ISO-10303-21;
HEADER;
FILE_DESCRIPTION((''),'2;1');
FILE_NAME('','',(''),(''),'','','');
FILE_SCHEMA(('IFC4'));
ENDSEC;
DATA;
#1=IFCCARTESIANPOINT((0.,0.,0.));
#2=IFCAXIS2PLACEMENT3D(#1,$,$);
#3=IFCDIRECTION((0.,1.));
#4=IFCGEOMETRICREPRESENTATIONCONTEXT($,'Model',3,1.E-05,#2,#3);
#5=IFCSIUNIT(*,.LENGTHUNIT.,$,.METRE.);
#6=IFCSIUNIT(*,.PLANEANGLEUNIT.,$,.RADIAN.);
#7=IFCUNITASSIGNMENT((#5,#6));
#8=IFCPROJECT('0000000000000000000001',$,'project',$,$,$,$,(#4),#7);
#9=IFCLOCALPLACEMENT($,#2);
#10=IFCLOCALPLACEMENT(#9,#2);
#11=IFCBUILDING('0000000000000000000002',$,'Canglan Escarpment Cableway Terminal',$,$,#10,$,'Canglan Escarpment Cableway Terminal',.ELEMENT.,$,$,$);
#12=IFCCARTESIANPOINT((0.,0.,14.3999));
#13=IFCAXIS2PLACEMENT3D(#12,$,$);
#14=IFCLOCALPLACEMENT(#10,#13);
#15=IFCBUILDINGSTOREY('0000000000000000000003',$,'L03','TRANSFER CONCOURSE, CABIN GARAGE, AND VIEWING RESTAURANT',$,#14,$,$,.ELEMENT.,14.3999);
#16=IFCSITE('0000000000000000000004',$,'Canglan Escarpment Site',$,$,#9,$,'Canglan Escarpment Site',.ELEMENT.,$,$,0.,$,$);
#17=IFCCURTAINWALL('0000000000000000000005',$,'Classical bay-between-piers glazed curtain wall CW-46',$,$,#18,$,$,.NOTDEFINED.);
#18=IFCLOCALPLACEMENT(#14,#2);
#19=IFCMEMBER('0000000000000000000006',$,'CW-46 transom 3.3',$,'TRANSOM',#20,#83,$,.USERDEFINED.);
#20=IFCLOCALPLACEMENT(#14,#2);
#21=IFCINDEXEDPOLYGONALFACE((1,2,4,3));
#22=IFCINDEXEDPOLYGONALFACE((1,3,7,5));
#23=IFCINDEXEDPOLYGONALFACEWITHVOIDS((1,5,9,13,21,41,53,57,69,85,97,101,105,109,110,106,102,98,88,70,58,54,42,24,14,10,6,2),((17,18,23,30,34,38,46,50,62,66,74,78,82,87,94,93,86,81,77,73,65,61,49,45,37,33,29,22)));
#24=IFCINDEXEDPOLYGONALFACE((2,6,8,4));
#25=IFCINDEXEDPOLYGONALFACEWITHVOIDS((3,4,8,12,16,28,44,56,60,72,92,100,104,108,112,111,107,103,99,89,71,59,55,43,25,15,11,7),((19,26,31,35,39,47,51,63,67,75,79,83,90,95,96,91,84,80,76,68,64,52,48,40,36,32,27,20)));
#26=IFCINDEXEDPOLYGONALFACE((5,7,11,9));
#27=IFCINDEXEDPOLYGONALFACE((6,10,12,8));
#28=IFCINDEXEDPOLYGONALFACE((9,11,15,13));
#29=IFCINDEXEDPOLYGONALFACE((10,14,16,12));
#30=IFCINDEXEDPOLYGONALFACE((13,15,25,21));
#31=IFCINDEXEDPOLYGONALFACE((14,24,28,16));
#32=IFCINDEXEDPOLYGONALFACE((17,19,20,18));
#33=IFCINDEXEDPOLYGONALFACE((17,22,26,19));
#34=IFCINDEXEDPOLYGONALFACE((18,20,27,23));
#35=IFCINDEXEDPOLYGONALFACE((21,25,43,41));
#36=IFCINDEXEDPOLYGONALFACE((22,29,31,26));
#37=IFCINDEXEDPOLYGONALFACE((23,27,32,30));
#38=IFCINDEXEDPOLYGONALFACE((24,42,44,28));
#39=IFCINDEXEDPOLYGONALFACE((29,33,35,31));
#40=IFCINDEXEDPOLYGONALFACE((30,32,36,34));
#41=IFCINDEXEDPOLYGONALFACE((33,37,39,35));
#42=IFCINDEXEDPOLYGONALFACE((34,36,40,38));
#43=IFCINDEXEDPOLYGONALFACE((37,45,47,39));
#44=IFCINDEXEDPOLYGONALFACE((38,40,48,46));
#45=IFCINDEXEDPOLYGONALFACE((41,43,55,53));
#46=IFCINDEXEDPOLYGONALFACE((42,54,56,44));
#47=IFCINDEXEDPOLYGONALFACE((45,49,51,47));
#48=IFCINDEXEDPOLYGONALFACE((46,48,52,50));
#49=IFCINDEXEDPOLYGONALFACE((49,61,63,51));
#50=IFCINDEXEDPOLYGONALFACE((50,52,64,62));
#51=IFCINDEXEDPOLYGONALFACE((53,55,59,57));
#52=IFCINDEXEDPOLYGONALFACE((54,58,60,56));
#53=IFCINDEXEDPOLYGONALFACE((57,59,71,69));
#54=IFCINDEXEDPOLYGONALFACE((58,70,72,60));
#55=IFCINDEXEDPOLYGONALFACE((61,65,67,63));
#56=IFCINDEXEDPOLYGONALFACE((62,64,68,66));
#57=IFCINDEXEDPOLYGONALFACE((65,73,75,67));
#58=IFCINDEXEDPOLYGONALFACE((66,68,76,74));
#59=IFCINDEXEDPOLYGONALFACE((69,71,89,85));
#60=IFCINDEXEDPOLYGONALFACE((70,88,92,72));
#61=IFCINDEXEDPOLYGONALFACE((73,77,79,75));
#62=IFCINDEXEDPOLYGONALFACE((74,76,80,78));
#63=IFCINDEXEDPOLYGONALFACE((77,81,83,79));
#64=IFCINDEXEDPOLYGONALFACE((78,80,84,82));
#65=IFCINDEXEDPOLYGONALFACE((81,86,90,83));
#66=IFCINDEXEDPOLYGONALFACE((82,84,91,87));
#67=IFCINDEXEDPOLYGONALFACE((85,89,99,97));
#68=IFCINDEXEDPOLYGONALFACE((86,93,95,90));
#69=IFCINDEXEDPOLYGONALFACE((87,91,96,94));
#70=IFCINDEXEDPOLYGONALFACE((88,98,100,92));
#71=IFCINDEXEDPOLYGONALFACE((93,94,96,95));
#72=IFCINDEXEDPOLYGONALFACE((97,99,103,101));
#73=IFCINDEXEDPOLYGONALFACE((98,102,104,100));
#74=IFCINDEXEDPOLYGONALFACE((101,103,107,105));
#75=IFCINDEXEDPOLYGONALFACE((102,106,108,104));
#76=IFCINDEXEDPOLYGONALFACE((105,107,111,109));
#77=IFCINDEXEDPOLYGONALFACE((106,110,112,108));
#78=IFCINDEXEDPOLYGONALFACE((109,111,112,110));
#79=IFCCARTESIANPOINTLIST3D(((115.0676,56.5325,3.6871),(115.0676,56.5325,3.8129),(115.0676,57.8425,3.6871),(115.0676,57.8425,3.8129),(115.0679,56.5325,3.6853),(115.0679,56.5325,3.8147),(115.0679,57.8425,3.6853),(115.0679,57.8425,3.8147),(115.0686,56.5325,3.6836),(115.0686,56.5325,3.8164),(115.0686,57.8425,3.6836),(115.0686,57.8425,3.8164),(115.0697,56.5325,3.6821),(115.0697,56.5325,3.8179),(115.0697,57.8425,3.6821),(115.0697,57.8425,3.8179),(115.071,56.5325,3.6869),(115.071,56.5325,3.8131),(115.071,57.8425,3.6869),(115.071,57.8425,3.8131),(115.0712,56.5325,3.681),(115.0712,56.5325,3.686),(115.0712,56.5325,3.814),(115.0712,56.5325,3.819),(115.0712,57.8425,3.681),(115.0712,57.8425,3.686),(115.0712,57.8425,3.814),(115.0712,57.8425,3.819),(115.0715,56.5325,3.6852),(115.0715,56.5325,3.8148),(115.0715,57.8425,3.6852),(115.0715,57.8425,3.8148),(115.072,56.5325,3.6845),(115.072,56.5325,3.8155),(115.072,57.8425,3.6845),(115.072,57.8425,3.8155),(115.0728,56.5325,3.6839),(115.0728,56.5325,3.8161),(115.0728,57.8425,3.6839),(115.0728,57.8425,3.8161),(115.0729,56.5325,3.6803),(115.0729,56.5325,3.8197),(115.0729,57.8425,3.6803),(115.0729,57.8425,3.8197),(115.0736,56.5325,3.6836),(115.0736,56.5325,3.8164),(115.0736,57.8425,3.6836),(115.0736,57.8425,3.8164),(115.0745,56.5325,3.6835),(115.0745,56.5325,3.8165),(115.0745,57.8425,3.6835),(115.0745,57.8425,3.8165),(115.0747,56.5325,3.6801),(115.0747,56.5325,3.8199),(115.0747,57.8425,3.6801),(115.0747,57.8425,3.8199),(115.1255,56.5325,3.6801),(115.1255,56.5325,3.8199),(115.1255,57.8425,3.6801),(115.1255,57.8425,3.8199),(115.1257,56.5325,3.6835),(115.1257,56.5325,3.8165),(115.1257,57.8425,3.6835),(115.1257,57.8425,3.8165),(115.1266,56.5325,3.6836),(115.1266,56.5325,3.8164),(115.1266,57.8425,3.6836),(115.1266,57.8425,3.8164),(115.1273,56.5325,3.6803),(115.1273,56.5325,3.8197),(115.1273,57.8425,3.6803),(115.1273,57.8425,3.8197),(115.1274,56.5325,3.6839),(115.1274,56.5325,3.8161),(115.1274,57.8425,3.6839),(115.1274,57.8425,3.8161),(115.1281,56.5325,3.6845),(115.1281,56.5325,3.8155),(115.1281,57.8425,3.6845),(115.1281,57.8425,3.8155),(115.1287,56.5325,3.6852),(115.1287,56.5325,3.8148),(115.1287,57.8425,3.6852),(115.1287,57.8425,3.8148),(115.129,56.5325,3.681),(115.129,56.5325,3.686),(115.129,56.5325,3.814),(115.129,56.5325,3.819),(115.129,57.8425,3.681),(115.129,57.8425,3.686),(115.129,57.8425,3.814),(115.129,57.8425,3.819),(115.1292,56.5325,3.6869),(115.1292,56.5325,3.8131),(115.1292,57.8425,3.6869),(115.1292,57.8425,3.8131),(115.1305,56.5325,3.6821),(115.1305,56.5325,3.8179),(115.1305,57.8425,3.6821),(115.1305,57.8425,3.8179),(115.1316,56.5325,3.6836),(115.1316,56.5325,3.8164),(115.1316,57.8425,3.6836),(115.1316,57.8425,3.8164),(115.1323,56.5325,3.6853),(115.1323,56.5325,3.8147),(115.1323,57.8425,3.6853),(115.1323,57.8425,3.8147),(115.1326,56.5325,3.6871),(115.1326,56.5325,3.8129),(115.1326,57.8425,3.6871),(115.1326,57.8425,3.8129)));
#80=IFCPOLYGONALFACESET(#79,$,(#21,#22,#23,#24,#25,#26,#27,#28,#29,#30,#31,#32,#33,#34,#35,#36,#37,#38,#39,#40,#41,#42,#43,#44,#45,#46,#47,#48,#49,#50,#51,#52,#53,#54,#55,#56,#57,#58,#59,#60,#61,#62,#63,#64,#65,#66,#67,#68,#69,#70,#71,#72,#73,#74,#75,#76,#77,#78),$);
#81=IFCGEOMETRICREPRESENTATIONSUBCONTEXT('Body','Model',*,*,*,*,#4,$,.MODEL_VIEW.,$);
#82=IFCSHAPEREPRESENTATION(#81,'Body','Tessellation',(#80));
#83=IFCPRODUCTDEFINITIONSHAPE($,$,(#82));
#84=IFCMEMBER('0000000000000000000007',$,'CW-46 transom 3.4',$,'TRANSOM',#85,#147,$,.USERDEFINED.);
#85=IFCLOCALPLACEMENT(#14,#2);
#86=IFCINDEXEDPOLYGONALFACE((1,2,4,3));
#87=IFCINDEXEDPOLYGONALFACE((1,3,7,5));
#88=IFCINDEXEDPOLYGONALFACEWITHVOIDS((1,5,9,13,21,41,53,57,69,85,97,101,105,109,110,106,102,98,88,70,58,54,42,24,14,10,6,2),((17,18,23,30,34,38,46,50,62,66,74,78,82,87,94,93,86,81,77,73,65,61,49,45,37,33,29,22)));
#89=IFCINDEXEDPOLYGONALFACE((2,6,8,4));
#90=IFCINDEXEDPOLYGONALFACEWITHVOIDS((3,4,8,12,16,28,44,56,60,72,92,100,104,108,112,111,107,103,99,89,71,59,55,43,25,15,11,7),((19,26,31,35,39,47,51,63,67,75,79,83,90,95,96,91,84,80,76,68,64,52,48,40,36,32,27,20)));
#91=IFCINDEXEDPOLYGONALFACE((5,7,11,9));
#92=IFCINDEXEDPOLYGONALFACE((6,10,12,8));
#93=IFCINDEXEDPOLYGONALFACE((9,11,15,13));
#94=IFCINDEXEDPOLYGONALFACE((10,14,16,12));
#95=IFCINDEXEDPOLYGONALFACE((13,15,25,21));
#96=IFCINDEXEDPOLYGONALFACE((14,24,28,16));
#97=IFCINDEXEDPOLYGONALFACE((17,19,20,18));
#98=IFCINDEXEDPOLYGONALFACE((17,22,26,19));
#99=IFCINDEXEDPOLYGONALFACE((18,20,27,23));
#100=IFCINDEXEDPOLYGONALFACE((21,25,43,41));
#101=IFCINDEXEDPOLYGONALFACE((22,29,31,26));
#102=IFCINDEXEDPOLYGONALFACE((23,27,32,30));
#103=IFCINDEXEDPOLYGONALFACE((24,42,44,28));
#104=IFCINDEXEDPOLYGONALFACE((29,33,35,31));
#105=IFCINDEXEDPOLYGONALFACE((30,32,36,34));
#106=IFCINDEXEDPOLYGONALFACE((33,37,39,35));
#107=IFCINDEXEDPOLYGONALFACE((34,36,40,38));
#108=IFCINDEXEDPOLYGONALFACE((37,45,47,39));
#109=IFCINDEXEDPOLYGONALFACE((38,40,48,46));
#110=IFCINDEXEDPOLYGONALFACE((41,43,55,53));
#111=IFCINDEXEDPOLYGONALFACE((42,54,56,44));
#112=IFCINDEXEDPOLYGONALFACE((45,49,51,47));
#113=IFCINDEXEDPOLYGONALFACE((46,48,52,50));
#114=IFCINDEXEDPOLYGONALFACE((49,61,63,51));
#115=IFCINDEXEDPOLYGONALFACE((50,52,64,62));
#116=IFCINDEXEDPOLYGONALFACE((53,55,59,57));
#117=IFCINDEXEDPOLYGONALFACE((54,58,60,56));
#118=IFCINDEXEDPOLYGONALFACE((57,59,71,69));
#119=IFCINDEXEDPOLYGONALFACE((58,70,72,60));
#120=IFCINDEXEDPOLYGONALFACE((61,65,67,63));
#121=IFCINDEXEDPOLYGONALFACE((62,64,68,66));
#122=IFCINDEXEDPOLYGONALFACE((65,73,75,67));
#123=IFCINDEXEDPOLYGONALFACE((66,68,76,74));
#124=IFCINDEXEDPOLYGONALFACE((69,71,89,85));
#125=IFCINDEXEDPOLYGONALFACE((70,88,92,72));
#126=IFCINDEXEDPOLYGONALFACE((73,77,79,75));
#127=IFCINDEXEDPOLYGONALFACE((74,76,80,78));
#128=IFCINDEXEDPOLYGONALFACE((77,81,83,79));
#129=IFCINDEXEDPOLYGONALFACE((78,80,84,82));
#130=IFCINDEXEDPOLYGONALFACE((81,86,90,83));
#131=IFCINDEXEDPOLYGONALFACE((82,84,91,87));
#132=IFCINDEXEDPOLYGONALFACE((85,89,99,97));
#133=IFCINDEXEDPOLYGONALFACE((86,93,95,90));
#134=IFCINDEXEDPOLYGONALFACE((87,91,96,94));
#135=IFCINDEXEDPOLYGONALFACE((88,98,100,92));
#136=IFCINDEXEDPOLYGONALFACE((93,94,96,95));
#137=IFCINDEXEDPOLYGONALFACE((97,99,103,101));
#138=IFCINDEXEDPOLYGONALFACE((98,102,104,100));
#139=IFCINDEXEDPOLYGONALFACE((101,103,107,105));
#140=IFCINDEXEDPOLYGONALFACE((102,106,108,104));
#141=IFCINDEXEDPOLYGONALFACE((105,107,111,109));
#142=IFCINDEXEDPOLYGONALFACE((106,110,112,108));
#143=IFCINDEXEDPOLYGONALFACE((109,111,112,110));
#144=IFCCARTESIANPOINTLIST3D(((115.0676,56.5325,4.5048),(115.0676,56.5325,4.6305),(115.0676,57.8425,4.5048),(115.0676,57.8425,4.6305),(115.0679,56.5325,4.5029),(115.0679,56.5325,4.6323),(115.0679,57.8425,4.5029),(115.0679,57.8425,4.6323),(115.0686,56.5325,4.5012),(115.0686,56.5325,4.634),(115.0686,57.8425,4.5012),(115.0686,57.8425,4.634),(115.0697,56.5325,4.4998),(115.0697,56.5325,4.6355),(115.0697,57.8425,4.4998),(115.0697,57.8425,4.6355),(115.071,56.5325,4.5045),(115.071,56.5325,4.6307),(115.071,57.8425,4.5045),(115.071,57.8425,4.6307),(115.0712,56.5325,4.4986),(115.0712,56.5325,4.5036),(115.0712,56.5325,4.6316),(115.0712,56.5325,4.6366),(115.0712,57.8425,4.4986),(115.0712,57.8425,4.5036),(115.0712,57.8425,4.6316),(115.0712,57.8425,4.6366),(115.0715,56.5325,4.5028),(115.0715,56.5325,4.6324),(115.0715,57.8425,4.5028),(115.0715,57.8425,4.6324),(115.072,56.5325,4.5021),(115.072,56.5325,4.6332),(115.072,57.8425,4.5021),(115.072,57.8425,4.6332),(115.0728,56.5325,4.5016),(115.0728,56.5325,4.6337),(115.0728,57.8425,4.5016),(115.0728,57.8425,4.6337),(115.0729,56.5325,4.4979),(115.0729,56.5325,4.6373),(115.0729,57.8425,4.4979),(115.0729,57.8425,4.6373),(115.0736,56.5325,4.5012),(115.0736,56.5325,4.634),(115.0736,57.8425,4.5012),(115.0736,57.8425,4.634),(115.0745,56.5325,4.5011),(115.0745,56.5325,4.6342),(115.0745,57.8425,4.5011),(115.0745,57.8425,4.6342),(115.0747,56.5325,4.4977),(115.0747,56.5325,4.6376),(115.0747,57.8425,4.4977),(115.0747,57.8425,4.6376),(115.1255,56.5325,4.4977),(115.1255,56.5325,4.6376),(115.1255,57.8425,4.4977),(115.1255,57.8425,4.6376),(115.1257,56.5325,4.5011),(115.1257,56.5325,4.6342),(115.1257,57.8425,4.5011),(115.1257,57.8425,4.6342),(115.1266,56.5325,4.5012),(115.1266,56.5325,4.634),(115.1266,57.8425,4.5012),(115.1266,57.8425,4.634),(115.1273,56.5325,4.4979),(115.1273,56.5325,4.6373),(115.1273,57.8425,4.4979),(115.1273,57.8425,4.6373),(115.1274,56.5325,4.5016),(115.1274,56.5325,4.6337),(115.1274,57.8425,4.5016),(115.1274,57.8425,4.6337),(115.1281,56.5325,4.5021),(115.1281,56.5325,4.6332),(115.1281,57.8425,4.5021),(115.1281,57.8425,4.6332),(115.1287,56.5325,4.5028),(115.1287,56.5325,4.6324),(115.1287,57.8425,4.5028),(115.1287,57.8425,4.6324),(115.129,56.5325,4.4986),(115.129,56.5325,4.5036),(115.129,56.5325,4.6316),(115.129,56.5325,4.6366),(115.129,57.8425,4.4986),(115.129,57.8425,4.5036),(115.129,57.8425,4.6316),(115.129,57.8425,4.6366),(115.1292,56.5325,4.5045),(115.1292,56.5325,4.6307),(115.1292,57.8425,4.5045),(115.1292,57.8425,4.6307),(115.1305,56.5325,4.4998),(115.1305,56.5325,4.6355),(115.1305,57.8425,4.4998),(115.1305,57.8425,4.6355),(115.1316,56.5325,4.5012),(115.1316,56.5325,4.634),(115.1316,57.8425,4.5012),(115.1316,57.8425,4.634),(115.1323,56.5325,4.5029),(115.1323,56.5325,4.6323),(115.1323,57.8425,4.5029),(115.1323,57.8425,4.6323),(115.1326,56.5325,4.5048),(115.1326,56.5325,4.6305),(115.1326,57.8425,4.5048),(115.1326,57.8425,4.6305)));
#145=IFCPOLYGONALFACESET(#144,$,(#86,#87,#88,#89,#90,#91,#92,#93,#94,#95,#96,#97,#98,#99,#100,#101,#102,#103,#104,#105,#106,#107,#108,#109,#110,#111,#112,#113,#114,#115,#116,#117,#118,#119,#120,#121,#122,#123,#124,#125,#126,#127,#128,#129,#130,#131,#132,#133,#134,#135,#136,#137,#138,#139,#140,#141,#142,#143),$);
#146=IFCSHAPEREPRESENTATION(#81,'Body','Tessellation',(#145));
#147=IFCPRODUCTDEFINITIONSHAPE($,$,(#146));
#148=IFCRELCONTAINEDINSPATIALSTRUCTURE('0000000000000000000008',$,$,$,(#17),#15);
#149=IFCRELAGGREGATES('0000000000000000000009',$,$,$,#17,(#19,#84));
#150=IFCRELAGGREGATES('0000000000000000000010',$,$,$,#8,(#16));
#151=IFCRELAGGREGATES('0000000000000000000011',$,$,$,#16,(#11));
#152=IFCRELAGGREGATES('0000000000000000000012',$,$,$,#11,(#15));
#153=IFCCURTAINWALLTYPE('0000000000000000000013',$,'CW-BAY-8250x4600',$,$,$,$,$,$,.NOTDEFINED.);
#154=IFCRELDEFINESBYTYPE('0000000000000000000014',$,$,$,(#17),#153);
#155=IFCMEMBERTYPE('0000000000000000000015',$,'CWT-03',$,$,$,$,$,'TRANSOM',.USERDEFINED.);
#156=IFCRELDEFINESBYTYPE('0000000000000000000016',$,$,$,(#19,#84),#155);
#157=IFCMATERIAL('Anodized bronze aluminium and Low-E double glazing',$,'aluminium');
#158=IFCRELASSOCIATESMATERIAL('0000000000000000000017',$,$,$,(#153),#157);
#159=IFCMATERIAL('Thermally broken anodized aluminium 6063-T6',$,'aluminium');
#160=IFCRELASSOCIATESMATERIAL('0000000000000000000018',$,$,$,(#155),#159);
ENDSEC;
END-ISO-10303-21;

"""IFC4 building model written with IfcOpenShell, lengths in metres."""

from ifc_helpers import new_model, si_unit, direction, frame, origin, origin_2d, place, context, subcontext, project, spatial, hollow_rectangle, extrude, material, material_profile, profile_set, type_object, element, aggregate, save


model = new_model("IFC4")

# Units and contexts
model_context = context("Model", 3, precision=1e-05, world=origin(), true_north=direction((0.0, 1.0)))
body_context = subcontext(model_context, "Body", "Model", "MODEL_VIEW")
ifc_project = project(units=[si_unit("LENGTHUNIT", "METRE"), si_unit("PLANEANGLEUNIT", "RADIAN")], contexts=[model_context])

# Site, building, storey
site_placement = place(None, origin())
site = spatial("IfcSite", under=ifc_project, at=site_placement, Name="Canglan Escarpment Site", LongName="Canglan Escarpment Site", CompositionType="ELEMENT", RefElevation=0.0)
building_placement = place(site_placement, origin())
building = spatial("IfcBuilding", under=site, at=building_placement, Name="Canglan Escarpment Cableway Terminal", LongName="Canglan Escarpment Cableway Terminal", CompositionType="ELEMENT")
storey_placement = place(building_placement, frame((0.0, 0.0, 14.3999)))
storey = spatial("IfcBuildingStorey", under=building, at=storey_placement, Name="L03", Description="TRANSFER CONCOURSE, CABIN GARAGE, AND VIEWING RESTAURANT", CompositionType="ELEMENT", Elevation=14.3999)

# Curtain wall, members
ifc_material_1 = material(Name="Anodized bronze aluminium and Low-E double glazing", Category="aluminium")
curtain_wall_type = type_object("IfcCurtainWallType", Name="CW-BAY-8250x4600", PredefinedType="NOTDEFINED", material=ifc_material_1)
curtain_wall_placement = place(storey_placement, origin())
curtain_wall = element("IfcCurtainWall", 1, at=curtain_wall_placement, inside=storey, type_object=curtain_wall_type, Name="Classical bay-between-piers glazed curtain wall CW-46", PredefinedType="NOTDEFINED")
ifc_material_2 = material(Name="Thermally broken anodized aluminium 6063-T6", Category="aluminium")
ifc_material_profile_1 = material_profile(ifc_material_2, hollow_rectangle(XDim=0.0649, YDim=0.1399, WallThickness=0.0034, InnerFilletRadius=0.0034, OuterFilletRadius=0.0071, at=origin_2d()), Name="ALU-TRAN 65x140x3.5")
ifc_profile_set_1 = profile_set([ifc_material_profile_1], Name="Thermally broken anodized aluminium 6063-T6")
member_type_1 = type_object("IfcMemberType", Name="CWT-03", ElementType="TRANSOM", PredefinedType="USERDEFINED", material=ifc_profile_set_1)
member_1_placement = place(storey_placement, frame((115.1001, 57.8425, 3.75), z_axis=(0.0, -1.0, 0.0), x_axis=(1.0, 0.0, 0.0)))
member_1 = element("IfcMember", 2, at=member_1_placement, type_object=member_type_1, Name="CW-46 transom 3.3", ObjectType="TRANSOM", PredefinedType="USERDEFINED", context=body_context, shape_type="SweptSolid", body=[
    extrude(hollow_rectangle(XDim=0.0649, YDim=0.1399, WallThickness=0.0034, InnerFilletRadius=0.0034, OuterFilletRadius=0.0071, at=origin_2d()), origin(), (0.0, 0.0, 1.0), 1.3101),
])
member_2_placement = place(storey_placement, frame((115.1001, 57.8425, 4.5676), z_axis=(0.0, -1.0, 0.0), x_axis=(1.0, 0.0, 0.0)))
member_2 = element("IfcMember", 3, at=member_2_placement, type_object=member_type_1, Name="CW-46 transom 3.4", ObjectType="TRANSOM", PredefinedType="USERDEFINED", context=body_context, shape_type="SweptSolid", body=[
    extrude(hollow_rectangle(XDim=0.0649, YDim=0.1399, WallThickness=0.0034, InnerFilletRadius=0.0034, OuterFilletRadius=0.0071, at=origin_2d()), origin(), (0.0, 0.0, 1.0), 1.3101),
])
aggregate(curtain_wall, [member_1, member_2])

save(model, "model.ifc")
